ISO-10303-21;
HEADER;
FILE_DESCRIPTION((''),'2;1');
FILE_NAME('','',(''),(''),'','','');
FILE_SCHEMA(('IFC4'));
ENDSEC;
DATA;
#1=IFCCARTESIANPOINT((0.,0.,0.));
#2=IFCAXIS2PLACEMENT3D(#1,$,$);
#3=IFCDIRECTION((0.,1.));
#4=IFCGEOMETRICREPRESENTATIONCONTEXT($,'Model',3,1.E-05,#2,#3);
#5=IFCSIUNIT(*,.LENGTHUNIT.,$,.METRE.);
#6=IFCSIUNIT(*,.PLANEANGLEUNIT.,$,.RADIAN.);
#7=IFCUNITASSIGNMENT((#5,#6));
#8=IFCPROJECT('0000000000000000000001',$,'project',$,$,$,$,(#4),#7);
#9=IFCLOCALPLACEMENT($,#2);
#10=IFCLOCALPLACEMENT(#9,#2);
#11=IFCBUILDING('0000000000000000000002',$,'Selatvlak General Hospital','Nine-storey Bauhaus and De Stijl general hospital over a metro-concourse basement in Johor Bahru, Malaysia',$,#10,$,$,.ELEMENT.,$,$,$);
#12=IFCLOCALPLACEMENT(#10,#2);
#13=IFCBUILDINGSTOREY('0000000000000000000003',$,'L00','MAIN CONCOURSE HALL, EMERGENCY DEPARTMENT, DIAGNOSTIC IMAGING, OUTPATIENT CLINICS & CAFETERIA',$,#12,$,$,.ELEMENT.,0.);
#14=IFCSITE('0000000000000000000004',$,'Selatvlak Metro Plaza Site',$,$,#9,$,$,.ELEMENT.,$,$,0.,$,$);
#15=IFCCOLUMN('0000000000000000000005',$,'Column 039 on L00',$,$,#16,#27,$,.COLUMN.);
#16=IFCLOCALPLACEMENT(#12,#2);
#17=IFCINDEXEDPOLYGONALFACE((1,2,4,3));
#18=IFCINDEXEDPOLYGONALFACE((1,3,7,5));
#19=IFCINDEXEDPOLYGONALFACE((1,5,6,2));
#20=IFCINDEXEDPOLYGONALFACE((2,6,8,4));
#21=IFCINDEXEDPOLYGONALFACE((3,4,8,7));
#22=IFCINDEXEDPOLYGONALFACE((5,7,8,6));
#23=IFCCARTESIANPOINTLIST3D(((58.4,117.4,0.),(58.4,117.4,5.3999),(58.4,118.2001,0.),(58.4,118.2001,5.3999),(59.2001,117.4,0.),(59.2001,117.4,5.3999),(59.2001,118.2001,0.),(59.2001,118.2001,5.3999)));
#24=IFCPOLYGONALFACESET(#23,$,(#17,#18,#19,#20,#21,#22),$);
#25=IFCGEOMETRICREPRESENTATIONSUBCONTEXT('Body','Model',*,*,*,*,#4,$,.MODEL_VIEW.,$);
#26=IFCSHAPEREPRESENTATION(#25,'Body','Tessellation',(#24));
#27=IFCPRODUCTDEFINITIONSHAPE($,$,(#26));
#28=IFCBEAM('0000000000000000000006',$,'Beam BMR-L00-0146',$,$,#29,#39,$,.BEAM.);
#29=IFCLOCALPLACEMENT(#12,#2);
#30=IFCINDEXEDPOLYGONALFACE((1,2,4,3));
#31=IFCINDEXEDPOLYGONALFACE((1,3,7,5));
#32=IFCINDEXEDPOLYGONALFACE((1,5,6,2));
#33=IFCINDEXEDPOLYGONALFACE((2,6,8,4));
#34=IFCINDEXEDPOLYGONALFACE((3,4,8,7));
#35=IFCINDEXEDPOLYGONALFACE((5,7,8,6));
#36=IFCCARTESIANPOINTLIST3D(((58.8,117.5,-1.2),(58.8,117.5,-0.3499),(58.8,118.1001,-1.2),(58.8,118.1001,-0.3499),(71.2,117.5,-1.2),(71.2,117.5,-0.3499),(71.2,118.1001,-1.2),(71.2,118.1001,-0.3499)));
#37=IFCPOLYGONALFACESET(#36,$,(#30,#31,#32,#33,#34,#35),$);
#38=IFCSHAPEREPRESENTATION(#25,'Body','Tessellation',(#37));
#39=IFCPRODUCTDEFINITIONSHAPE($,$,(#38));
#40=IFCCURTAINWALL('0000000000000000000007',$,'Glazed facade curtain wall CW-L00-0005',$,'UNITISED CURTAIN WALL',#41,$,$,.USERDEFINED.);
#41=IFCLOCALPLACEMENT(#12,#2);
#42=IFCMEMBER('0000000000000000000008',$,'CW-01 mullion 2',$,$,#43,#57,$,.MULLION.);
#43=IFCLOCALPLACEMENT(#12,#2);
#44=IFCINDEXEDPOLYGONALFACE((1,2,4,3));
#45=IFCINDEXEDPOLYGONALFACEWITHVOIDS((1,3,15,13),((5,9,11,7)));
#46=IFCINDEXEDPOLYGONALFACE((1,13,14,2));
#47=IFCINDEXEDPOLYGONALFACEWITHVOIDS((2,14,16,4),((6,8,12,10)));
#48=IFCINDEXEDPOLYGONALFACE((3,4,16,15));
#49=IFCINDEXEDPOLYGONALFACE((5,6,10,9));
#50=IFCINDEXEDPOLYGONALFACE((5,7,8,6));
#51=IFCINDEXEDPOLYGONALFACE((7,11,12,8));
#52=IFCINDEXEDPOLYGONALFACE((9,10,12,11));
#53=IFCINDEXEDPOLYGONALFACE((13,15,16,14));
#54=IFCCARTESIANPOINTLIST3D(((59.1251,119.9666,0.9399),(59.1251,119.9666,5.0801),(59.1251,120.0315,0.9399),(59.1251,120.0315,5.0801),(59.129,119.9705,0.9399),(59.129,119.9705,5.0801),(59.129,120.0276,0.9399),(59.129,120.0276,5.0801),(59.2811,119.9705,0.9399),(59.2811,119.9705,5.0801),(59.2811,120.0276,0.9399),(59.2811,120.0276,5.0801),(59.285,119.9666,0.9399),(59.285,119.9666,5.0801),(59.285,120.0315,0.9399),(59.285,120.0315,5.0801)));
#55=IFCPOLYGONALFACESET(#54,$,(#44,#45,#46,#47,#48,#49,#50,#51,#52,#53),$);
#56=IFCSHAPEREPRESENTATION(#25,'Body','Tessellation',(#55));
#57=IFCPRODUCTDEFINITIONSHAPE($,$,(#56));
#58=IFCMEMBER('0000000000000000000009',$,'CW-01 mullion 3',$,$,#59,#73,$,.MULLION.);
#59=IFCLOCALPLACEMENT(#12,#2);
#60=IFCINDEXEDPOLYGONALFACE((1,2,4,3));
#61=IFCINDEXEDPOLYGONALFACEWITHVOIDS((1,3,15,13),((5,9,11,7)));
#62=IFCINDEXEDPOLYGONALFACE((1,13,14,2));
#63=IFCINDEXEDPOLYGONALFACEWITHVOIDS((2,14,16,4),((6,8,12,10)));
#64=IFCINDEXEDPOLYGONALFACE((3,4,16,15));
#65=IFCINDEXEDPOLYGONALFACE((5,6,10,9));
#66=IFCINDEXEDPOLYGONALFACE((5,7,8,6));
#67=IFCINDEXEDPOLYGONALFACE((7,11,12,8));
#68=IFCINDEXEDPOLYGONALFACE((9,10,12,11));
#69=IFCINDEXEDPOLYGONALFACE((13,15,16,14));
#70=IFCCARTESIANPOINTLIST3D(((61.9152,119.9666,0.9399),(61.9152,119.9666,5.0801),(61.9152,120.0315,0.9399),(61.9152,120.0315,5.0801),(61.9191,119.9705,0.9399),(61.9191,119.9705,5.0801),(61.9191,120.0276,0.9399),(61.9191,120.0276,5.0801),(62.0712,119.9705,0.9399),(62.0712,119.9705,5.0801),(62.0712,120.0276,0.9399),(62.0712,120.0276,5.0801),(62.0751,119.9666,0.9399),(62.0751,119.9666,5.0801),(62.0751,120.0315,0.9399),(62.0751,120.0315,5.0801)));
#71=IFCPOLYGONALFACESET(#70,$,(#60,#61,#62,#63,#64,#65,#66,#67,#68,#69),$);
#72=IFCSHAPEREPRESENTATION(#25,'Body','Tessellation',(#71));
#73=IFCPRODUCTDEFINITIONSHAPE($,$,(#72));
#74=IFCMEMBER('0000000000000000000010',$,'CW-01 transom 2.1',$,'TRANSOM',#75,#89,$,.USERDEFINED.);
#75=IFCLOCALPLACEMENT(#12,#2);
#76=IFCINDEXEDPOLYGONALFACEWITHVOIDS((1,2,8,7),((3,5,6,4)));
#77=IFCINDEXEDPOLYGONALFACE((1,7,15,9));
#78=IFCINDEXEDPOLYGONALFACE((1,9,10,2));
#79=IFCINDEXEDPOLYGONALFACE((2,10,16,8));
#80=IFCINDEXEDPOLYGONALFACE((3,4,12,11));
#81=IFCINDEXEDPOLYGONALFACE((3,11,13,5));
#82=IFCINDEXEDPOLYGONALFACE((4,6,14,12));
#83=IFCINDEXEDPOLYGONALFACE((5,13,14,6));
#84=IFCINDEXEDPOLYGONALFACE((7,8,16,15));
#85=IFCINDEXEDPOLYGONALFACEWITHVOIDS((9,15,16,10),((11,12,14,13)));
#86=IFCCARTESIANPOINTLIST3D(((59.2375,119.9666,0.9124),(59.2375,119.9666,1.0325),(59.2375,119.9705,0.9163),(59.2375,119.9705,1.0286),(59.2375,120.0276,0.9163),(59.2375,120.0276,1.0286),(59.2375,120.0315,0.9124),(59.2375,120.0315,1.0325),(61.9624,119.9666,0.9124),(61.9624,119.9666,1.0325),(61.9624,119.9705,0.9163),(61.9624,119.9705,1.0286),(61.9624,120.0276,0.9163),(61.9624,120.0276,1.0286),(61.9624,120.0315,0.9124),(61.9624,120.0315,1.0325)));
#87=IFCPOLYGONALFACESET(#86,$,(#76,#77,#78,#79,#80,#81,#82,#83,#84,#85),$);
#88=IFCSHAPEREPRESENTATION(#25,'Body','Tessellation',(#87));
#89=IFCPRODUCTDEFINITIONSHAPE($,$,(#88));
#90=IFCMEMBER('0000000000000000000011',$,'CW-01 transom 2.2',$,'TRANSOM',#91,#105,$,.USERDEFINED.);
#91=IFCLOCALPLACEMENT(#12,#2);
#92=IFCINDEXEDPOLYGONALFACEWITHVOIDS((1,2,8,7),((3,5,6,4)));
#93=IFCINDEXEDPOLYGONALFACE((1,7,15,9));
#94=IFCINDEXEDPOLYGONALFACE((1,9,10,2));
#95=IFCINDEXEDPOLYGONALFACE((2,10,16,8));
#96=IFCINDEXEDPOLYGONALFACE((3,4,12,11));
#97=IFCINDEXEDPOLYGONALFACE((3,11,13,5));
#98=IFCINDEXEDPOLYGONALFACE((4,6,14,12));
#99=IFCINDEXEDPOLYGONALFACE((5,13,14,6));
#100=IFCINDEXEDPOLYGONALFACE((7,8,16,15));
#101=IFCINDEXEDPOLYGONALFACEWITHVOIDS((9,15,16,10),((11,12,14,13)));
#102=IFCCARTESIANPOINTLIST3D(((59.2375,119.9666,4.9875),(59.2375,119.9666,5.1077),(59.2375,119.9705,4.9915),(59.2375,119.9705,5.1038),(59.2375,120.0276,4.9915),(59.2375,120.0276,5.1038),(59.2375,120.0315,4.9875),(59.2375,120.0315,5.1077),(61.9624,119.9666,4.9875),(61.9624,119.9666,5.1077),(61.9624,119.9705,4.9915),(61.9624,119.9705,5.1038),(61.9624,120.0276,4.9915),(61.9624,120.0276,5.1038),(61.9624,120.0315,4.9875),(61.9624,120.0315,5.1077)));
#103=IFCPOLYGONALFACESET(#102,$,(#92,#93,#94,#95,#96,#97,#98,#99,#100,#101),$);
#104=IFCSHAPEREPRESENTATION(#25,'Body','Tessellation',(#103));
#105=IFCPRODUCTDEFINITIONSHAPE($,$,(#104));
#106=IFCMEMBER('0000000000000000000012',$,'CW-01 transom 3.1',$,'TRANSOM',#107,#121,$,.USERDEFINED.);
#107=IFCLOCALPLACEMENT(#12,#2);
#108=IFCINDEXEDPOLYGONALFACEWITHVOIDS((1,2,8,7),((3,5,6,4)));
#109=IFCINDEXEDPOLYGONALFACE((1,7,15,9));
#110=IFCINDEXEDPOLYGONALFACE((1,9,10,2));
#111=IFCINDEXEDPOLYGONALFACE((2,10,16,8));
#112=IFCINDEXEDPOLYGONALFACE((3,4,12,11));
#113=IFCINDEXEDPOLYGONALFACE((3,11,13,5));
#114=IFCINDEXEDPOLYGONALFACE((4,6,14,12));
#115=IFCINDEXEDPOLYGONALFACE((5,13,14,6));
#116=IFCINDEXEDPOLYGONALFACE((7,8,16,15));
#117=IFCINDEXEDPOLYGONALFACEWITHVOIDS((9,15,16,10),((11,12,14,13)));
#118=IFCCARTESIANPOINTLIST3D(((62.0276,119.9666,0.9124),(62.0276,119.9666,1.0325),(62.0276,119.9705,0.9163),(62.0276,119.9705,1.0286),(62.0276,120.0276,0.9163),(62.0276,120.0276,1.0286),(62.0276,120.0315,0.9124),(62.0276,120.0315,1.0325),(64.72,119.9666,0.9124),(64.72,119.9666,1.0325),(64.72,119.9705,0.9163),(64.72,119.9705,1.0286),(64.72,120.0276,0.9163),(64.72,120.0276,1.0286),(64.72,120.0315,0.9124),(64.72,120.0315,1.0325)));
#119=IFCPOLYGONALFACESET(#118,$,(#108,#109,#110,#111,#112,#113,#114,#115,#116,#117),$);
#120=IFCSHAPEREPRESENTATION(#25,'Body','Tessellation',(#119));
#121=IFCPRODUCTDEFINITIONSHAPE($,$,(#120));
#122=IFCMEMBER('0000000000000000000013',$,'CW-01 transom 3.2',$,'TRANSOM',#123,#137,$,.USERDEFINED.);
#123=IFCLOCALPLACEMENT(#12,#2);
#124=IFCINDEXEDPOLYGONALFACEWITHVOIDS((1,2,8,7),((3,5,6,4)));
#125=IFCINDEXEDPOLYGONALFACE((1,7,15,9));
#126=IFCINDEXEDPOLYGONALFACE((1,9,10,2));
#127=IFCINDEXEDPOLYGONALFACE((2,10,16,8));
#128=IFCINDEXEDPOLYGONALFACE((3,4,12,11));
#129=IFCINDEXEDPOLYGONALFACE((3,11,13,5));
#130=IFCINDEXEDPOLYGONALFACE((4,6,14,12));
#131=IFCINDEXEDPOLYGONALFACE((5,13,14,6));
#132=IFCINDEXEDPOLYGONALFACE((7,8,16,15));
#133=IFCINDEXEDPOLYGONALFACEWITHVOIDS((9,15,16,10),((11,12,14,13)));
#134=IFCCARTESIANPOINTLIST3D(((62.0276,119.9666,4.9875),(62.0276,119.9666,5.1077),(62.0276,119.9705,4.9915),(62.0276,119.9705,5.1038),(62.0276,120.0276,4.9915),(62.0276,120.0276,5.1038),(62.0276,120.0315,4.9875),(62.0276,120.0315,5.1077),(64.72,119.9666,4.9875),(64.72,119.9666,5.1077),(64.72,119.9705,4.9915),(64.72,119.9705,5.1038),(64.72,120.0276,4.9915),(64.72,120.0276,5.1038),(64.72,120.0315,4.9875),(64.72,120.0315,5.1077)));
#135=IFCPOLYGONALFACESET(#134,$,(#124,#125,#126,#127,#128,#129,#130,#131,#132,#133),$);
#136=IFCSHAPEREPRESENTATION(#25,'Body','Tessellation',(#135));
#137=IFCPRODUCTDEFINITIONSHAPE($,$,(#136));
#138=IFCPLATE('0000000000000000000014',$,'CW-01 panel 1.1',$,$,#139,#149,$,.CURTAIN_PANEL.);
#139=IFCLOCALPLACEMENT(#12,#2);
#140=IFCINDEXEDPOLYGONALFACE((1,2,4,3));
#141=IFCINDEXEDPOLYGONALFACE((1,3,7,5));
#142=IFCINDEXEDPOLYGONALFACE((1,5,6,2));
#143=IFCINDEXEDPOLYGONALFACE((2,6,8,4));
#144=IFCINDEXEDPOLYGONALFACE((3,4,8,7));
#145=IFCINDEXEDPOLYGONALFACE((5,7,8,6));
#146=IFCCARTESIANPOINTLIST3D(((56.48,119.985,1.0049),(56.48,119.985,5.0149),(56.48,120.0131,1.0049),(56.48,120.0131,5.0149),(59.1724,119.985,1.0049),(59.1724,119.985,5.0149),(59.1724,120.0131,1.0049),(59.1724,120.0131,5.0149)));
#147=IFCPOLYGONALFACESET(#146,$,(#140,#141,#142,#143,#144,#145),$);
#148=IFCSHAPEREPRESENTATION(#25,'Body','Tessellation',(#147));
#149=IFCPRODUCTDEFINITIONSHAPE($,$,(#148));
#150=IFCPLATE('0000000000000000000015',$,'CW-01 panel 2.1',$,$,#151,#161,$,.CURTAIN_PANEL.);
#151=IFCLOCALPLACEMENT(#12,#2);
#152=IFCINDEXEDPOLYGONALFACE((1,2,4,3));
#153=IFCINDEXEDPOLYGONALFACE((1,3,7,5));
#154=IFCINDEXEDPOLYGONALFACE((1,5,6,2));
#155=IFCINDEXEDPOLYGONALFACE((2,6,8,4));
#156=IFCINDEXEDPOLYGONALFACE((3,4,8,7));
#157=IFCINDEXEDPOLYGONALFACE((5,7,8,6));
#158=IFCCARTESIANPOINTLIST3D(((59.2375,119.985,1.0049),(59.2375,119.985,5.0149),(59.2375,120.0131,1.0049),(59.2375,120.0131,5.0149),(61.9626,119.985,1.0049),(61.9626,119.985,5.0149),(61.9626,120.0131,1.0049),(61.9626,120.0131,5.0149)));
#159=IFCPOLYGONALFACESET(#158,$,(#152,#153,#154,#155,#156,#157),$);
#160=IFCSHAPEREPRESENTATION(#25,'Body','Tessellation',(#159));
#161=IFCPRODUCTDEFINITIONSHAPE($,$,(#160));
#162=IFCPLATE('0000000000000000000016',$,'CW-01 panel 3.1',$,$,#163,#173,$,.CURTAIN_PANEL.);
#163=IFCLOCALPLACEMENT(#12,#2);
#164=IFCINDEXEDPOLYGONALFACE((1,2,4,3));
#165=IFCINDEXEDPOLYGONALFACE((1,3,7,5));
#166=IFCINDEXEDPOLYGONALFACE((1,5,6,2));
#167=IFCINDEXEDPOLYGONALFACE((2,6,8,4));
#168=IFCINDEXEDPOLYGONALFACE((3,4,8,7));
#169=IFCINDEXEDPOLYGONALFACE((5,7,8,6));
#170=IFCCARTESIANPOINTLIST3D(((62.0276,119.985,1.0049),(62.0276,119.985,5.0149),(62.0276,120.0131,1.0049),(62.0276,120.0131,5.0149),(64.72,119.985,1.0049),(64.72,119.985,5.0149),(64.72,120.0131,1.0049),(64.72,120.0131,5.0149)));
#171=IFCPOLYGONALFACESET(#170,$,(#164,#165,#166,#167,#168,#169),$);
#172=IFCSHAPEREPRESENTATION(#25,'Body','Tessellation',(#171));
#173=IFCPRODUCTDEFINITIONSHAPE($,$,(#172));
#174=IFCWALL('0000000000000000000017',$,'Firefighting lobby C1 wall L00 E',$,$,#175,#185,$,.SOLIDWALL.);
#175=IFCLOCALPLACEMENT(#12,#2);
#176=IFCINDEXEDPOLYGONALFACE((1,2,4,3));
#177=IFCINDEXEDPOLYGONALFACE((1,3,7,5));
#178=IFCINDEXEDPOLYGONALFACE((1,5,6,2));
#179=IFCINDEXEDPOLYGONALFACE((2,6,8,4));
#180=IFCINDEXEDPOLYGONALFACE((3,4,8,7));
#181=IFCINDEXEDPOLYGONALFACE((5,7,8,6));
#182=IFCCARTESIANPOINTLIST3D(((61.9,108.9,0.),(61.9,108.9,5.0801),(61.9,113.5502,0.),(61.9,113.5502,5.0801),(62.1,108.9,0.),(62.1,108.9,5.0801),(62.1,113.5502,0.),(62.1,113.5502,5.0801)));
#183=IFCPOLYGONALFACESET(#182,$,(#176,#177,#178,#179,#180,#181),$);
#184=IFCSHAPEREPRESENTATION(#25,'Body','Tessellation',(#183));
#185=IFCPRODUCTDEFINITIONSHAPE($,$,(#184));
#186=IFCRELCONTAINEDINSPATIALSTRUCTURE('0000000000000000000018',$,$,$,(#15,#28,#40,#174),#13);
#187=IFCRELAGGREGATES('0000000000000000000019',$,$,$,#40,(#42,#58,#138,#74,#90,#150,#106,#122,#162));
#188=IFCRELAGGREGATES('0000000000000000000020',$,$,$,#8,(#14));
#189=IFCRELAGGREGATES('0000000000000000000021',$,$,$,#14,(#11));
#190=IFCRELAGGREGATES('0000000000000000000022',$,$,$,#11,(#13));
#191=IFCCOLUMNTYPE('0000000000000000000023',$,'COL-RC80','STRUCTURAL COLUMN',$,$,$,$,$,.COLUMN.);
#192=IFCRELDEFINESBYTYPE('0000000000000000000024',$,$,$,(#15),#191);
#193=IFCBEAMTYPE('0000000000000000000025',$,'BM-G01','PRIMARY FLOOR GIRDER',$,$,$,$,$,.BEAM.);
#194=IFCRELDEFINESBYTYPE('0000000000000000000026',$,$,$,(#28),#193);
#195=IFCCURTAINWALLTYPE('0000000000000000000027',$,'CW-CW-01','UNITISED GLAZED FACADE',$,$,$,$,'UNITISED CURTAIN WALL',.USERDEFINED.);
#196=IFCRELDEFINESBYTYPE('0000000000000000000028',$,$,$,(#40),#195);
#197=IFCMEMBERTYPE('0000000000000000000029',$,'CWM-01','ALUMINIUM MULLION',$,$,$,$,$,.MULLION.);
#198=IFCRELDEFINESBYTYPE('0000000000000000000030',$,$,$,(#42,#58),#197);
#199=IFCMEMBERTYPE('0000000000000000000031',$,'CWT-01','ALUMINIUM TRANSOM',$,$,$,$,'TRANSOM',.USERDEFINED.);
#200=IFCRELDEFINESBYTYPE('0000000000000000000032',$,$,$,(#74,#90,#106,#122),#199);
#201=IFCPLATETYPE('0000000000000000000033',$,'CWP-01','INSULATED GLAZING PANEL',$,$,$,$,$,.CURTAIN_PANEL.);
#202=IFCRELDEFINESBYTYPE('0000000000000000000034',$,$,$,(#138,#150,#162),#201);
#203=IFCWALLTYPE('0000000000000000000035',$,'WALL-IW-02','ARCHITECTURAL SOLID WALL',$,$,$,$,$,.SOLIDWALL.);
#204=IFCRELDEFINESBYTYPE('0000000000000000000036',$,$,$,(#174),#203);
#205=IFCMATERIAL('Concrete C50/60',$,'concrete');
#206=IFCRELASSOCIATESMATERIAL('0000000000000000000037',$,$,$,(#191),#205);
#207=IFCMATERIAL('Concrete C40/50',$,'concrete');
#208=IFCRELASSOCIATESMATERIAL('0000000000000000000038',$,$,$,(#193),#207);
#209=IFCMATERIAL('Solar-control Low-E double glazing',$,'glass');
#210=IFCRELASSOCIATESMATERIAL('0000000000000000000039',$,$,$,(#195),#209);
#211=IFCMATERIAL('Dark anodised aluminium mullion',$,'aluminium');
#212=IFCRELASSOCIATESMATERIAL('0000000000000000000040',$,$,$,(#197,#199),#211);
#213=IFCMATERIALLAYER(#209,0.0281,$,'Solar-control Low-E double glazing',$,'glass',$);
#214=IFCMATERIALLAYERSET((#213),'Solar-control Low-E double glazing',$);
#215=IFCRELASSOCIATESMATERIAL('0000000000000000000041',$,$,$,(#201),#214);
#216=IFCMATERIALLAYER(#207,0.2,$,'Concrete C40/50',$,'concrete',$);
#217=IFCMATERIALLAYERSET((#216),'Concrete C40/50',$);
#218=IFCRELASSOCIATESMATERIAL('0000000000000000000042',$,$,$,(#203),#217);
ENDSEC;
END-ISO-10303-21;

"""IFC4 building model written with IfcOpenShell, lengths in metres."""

from ifc_helpers import new_model, si_unit, direction, frame, frame_2d, origin, origin_2d, place, context, subcontext, project, spatial, rectangle, hollow_rectangle, extrude, material, layer, layer_set, material_profile, profile_set, type_object, element, aggregate, save


model = new_model("IFC4")

# Units and contexts
model_context = context("Model", 3, precision=1e-05, world=origin(), true_north=direction((0.0, 1.0)))
body_context = subcontext(model_context, "Body", "Model", "MODEL_VIEW")
ifc_project = project(units=[si_unit("LENGTHUNIT", "METRE"), si_unit("PLANEANGLEUNIT", "RADIAN")], contexts=[model_context])

# Site, building, storey
site_placement = place(None, origin())
site = spatial("IfcSite", under=ifc_project, at=site_placement, Name="Selatvlak Metro Plaza Site", CompositionType="ELEMENT", RefElevation=0.0)
building_placement = place(site_placement, origin())
building = spatial("IfcBuilding", under=site, at=building_placement, Name="Selatvlak General Hospital", Description="Nine-storey Bauhaus and De Stijl general hospital over a metro-concourse basement in Johor Bahru, Malaysia", CompositionType="ELEMENT")
storey_placement = place(building_placement, origin())
storey = spatial("IfcBuildingStorey", under=building, at=storey_placement, Name="L00", Description="MAIN CONCOURSE HALL, EMERGENCY DEPARTMENT, DIAGNOSTIC IMAGING, OUTPATIENT CLINICS & CAFETERIA", CompositionType="ELEMENT", Elevation=0.0)

# Column
ifc_material_1 = material(Name="Concrete C50/60", Category="concrete")
ifc_material_profile_1 = material_profile(ifc_material_1, rectangle(XDim=0.8, YDim=0.8, at=origin_2d()), Name="RC-COL 800x800")
ifc_profile_set_1 = profile_set([ifc_material_profile_1], Name="Concrete C50/60")
column_type = type_object("IfcColumnType", Name="COL-RC80", Description="STRUCTURAL COLUMN", PredefinedType="COLUMN", material=ifc_profile_set_1)
column_placement = place(storey_placement, frame((58.8, 117.8, 0.0), z_axis=(0.0, 0.0, 1.0), x_axis=(1.0, 0.0, 0.0)))
element("IfcColumn", 1, at=column_placement, inside=storey, type_object=column_type, Name="Column 039 on L00", PredefinedType="COLUMN", context=body_context, shape_type="SweptSolid", body=[
    extrude(rectangle(XDim=0.8, YDim=0.8, at=origin_2d()), origin(), (0.0, 0.0, 1.0), 5.3999),
])

# Beam
ifc_material_2 = material(Name="Concrete C40/50", Category="concrete")
ifc_material_profile_2 = material_profile(ifc_material_2, rectangle(XDim=0.6001, YDim=0.8501, at=origin_2d()), Name="RC-BM 600x850")
ifc_profile_set_2 = profile_set([ifc_material_profile_2], Name="Concrete C40/50")
beam_type = type_object("IfcBeamType", Name="BM-G01", Description="PRIMARY FLOOR GIRDER", PredefinedType="BEAM", material=ifc_profile_set_2)
beam_placement = place(storey_placement, frame((58.8, 117.8, -0.7749), z_axis=(1.0, 0.0, 0.0), x_axis=(0.0, 1.0, 0.0)))
element("IfcBeam", 2, at=beam_placement, inside=storey, type_object=beam_type, Name="Beam BMR-L00-0146", PredefinedType="BEAM", context=body_context, shape_type="SweptSolid", body=[
    extrude(rectangle(XDim=0.6001, YDim=0.8501, at=origin_2d()), origin(), (0.0, 0.0, 1.0), 12.3999),
])

# Curtain wall, members, plates
ifc_material_3 = material(Name="Solar-control Low-E double glazing", Category="glass")
curtain_wall_type = type_object("IfcCurtainWallType", Name="CW-CW-01", Description="UNITISED GLAZED FACADE", ElementType="UNITISED CURTAIN WALL", PredefinedType="USERDEFINED", material=ifc_material_3)
curtain_wall_placement = place(storey_placement, origin())
curtain_wall = element("IfcCurtainWall", 3, at=curtain_wall_placement, inside=storey, type_object=curtain_wall_type, Name="Glazed facade curtain wall CW-L00-0005", ObjectType="UNITISED CURTAIN WALL", PredefinedType="USERDEFINED")
ifc_material_4 = material(Name="Dark anodised aluminium mullion", Category="aluminium")
ifc_material_profile_3 = material_profile(ifc_material_4, hollow_rectangle(XDim=0.0649, YDim=0.1599, WallThickness=0.0039, at=origin_2d()), Name="AL-MUL 65x160x4")
ifc_profile_set_3 = profile_set([ifc_material_profile_3], Name="Dark anodised aluminium mullion")
member_type_1 = type_object("IfcMemberType", Name="CWM-01", Description="ALUMINIUM MULLION", PredefinedType="MULLION", material=ifc_profile_set_3)
member_1_placement = place(storey_placement, frame((59.2051, 119.999, 0.9399), z_axis=(0.0, 0.0, 1.0), x_axis=(0.0, 1.0, 0.0)))
member_1 = element("IfcMember", 4, at=member_1_placement, type_object=member_type_1, Name="CW-01 mullion 2", PredefinedType="MULLION", context=body_context, shape_type="SweptSolid", body=[
    extrude(hollow_rectangle(XDim=0.0649, YDim=0.1599, WallThickness=0.0039, at=origin_2d()), origin(), (0.0, 0.0, 1.0), 4.1401),
])
member_2_placement = place(storey_placement, frame((61.9951, 119.999, 0.9399), z_axis=(0.0, 0.0, 1.0), x_axis=(0.0, 1.0, 0.0)))
member_2 = element("IfcMember", 5, at=member_2_placement, type_object=member_type_1, Name="CW-01 mullion 3", PredefinedType="MULLION", context=body_context, shape_type="SweptSolid", body=[
    extrude(hollow_rectangle(XDim=0.0649, YDim=0.1599, WallThickness=0.0039, at=origin_2d()), origin(), (0.0, 0.0, 1.0), 4.1401),
])
ifc_material_profile_4 = material_profile(ifc_material_4, hollow_rectangle(XDim=0.0649, YDim=0.1201, WallThickness=0.0039, at=origin_2d()), Name="AL-TRN 65x120x4")
ifc_profile_set_4 = profile_set([ifc_material_profile_4], Name="Dark anodised aluminium mullion")
member_type_2 = type_object("IfcMemberType", Name="CWT-01", Description="ALUMINIUM TRANSOM", ElementType="TRANSOM", PredefinedType="USERDEFINED", material=ifc_profile_set_4)
member_3_placement = place(storey_placement, frame((59.2375, 119.999, 0.9724), z_axis=(1.0, 0.0, 0.0), x_axis=(0.0, 1.0, 0.0)))
member_3 = element("IfcMember", 6, at=member_3_placement, type_object=member_type_2, Name="CW-01 transom 2.1", ObjectType="TRANSOM", PredefinedType="USERDEFINED", context=body_context, shape_type="SweptSolid", body=[
    extrude(hollow_rectangle(XDim=0.0649, YDim=0.1201, WallThickness=0.0039, at=origin_2d()), origin(), (0.0, 0.0, 1.0), 2.7249),
])
member_4_placement = place(storey_placement, frame((59.2375, 119.999, 5.0476), z_axis=(1.0, 0.0, 0.0), x_axis=(0.0, 1.0, 0.0)))
member_4 = element("IfcMember", 7, at=member_4_placement, type_object=member_type_2, Name="CW-01 transom 2.2", ObjectType="TRANSOM", PredefinedType="USERDEFINED", context=body_context, shape_type="SweptSolid", body=[
    extrude(hollow_rectangle(XDim=0.0649, YDim=0.1201, WallThickness=0.0039, at=origin_2d()), origin(), (0.0, 0.0, 1.0), 2.7249),
])
member_5_placement = place(storey_placement, frame((62.0276, 119.999, 0.9724), z_axis=(1.0, 0.0, 0.0), x_axis=(0.0, 1.0, 0.0)))
member_5 = element("IfcMember", 8, at=member_5_placement, type_object=member_type_2, Name="CW-01 transom 3.1", ObjectType="TRANSOM", PredefinedType="USERDEFINED", context=body_context, shape_type="SweptSolid", body=[
    extrude(hollow_rectangle(XDim=0.0649, YDim=0.1201, WallThickness=0.0039, at=origin_2d()), origin(), (0.0, 0.0, 1.0), 2.6924),
])
member_6_placement = place(storey_placement, frame((62.0276, 119.999, 5.0476), z_axis=(1.0, 0.0, 0.0), x_axis=(0.0, 1.0, 0.0)))
member_6 = element("IfcMember", 9, at=member_6_placement, type_object=member_type_2, Name="CW-01 transom 3.2", ObjectType="TRANSOM", PredefinedType="USERDEFINED", context=body_context, shape_type="SweptSolid", body=[
    extrude(hollow_rectangle(XDim=0.0649, YDim=0.1201, WallThickness=0.0039, at=origin_2d()), origin(), (0.0, 0.0, 1.0), 2.6924),
])
ifc_layer_1 = layer(ifc_material_3, 0.0281, Name="Solar-control Low-E double glazing", Category="glass")
ifc_layer_set_1 = layer_set([ifc_layer_1], Name="Solar-control Low-E double glazing")
plate_type = type_object("IfcPlateType", Name="CWP-01", Description="INSULATED GLAZING PANEL", PredefinedType="CURTAIN_PANEL", material=ifc_layer_set_1)
plate_1_placement = place(storey_placement, frame((57.8262, 119.999, 1.0049), z_axis=(0.0, 0.0, 1.0), x_axis=(1.0, 0.0, 0.0)))
plate_1 = element("IfcPlate", 10, at=plate_1_placement, type_object=plate_type, Name="CW-01 panel 1.1", PredefinedType="CURTAIN_PANEL", context=body_context, shape_type="SweptSolid", body=[
    extrude(rectangle(XDim=2.6924, YDim=0.0281, at=origin_2d()), origin(), (0.0, 0.0, 1.0), 4.01),
])
plate_2_placement = place(storey_placement, frame((60.6001, 119.999, 1.0049), z_axis=(0.0, 0.0, 1.0), x_axis=(1.0, 0.0, 0.0)))
plate_2 = element("IfcPlate", 11, at=plate_2_placement, type_object=plate_type, Name="CW-01 panel 2.1", PredefinedType="CURTAIN_PANEL", context=body_context, shape_type="SweptSolid", body=[
    extrude(rectangle(XDim=2.7251, YDim=0.0281, at=origin_2d()), origin(), (0.0, 0.0, 1.0), 4.01),
])
plate_3_placement = place(storey_placement, frame((63.3738, 119.999, 1.0049), z_axis=(0.0, 0.0, 1.0), x_axis=(1.0, 0.0, 0.0)))
plate_3 = element("IfcPlate", 12, at=plate_3_placement, type_object=plate_type, Name="CW-01 panel 3.1", PredefinedType="CURTAIN_PANEL", context=body_context, shape_type="SweptSolid", body=[
    extrude(rectangle(XDim=2.6924, YDim=0.0281, at=origin_2d()), origin(), (0.0, 0.0, 1.0), 4.01),
])
aggregate(curtain_wall, [member_1, member_2, plate_1, member_3, member_4, plate_2, member_5, member_6, plate_3])

# Shared definitions
ifc_layer_2 = layer(ifc_material_2, 0.2, Name="Concrete C40/50", Category="concrete")
ifc_layer_set_2 = layer_set([ifc_layer_2], Name="Concrete C40/50")
wall_type_1 = type_object("IfcWallType", Name="WALL-IW-02", Description="ARCHITECTURAL SOLID WALL", PredefinedType="SOLIDWALL", material=ifc_layer_set_2)

# Wall
for number, where, z_axis, x_axis, name in (
    (13, (62.0, 108.8999, 0.0), (0.0, 0.0, 1.0), (0.0, 1.0, 0.0), "Firefighting lobby C1 wall L00 E"),
):
    element("IfcWall", number, at=place(storey_placement, frame(where, z_axis=z_axis, x_axis=x_axis)), inside=storey, type_object=wall_type_1, Name=name, PredefinedType="SOLIDWALL", context=body_context, shape_type="SweptSolid", body=[
        extrude(rectangle(XDim=4.6501, YDim=0.2, at=frame_2d((2.3252, 0.0))), origin(), (0.0, 0.0, 1.0), 5.0801),
    ])

save(model, "model.ifc")
